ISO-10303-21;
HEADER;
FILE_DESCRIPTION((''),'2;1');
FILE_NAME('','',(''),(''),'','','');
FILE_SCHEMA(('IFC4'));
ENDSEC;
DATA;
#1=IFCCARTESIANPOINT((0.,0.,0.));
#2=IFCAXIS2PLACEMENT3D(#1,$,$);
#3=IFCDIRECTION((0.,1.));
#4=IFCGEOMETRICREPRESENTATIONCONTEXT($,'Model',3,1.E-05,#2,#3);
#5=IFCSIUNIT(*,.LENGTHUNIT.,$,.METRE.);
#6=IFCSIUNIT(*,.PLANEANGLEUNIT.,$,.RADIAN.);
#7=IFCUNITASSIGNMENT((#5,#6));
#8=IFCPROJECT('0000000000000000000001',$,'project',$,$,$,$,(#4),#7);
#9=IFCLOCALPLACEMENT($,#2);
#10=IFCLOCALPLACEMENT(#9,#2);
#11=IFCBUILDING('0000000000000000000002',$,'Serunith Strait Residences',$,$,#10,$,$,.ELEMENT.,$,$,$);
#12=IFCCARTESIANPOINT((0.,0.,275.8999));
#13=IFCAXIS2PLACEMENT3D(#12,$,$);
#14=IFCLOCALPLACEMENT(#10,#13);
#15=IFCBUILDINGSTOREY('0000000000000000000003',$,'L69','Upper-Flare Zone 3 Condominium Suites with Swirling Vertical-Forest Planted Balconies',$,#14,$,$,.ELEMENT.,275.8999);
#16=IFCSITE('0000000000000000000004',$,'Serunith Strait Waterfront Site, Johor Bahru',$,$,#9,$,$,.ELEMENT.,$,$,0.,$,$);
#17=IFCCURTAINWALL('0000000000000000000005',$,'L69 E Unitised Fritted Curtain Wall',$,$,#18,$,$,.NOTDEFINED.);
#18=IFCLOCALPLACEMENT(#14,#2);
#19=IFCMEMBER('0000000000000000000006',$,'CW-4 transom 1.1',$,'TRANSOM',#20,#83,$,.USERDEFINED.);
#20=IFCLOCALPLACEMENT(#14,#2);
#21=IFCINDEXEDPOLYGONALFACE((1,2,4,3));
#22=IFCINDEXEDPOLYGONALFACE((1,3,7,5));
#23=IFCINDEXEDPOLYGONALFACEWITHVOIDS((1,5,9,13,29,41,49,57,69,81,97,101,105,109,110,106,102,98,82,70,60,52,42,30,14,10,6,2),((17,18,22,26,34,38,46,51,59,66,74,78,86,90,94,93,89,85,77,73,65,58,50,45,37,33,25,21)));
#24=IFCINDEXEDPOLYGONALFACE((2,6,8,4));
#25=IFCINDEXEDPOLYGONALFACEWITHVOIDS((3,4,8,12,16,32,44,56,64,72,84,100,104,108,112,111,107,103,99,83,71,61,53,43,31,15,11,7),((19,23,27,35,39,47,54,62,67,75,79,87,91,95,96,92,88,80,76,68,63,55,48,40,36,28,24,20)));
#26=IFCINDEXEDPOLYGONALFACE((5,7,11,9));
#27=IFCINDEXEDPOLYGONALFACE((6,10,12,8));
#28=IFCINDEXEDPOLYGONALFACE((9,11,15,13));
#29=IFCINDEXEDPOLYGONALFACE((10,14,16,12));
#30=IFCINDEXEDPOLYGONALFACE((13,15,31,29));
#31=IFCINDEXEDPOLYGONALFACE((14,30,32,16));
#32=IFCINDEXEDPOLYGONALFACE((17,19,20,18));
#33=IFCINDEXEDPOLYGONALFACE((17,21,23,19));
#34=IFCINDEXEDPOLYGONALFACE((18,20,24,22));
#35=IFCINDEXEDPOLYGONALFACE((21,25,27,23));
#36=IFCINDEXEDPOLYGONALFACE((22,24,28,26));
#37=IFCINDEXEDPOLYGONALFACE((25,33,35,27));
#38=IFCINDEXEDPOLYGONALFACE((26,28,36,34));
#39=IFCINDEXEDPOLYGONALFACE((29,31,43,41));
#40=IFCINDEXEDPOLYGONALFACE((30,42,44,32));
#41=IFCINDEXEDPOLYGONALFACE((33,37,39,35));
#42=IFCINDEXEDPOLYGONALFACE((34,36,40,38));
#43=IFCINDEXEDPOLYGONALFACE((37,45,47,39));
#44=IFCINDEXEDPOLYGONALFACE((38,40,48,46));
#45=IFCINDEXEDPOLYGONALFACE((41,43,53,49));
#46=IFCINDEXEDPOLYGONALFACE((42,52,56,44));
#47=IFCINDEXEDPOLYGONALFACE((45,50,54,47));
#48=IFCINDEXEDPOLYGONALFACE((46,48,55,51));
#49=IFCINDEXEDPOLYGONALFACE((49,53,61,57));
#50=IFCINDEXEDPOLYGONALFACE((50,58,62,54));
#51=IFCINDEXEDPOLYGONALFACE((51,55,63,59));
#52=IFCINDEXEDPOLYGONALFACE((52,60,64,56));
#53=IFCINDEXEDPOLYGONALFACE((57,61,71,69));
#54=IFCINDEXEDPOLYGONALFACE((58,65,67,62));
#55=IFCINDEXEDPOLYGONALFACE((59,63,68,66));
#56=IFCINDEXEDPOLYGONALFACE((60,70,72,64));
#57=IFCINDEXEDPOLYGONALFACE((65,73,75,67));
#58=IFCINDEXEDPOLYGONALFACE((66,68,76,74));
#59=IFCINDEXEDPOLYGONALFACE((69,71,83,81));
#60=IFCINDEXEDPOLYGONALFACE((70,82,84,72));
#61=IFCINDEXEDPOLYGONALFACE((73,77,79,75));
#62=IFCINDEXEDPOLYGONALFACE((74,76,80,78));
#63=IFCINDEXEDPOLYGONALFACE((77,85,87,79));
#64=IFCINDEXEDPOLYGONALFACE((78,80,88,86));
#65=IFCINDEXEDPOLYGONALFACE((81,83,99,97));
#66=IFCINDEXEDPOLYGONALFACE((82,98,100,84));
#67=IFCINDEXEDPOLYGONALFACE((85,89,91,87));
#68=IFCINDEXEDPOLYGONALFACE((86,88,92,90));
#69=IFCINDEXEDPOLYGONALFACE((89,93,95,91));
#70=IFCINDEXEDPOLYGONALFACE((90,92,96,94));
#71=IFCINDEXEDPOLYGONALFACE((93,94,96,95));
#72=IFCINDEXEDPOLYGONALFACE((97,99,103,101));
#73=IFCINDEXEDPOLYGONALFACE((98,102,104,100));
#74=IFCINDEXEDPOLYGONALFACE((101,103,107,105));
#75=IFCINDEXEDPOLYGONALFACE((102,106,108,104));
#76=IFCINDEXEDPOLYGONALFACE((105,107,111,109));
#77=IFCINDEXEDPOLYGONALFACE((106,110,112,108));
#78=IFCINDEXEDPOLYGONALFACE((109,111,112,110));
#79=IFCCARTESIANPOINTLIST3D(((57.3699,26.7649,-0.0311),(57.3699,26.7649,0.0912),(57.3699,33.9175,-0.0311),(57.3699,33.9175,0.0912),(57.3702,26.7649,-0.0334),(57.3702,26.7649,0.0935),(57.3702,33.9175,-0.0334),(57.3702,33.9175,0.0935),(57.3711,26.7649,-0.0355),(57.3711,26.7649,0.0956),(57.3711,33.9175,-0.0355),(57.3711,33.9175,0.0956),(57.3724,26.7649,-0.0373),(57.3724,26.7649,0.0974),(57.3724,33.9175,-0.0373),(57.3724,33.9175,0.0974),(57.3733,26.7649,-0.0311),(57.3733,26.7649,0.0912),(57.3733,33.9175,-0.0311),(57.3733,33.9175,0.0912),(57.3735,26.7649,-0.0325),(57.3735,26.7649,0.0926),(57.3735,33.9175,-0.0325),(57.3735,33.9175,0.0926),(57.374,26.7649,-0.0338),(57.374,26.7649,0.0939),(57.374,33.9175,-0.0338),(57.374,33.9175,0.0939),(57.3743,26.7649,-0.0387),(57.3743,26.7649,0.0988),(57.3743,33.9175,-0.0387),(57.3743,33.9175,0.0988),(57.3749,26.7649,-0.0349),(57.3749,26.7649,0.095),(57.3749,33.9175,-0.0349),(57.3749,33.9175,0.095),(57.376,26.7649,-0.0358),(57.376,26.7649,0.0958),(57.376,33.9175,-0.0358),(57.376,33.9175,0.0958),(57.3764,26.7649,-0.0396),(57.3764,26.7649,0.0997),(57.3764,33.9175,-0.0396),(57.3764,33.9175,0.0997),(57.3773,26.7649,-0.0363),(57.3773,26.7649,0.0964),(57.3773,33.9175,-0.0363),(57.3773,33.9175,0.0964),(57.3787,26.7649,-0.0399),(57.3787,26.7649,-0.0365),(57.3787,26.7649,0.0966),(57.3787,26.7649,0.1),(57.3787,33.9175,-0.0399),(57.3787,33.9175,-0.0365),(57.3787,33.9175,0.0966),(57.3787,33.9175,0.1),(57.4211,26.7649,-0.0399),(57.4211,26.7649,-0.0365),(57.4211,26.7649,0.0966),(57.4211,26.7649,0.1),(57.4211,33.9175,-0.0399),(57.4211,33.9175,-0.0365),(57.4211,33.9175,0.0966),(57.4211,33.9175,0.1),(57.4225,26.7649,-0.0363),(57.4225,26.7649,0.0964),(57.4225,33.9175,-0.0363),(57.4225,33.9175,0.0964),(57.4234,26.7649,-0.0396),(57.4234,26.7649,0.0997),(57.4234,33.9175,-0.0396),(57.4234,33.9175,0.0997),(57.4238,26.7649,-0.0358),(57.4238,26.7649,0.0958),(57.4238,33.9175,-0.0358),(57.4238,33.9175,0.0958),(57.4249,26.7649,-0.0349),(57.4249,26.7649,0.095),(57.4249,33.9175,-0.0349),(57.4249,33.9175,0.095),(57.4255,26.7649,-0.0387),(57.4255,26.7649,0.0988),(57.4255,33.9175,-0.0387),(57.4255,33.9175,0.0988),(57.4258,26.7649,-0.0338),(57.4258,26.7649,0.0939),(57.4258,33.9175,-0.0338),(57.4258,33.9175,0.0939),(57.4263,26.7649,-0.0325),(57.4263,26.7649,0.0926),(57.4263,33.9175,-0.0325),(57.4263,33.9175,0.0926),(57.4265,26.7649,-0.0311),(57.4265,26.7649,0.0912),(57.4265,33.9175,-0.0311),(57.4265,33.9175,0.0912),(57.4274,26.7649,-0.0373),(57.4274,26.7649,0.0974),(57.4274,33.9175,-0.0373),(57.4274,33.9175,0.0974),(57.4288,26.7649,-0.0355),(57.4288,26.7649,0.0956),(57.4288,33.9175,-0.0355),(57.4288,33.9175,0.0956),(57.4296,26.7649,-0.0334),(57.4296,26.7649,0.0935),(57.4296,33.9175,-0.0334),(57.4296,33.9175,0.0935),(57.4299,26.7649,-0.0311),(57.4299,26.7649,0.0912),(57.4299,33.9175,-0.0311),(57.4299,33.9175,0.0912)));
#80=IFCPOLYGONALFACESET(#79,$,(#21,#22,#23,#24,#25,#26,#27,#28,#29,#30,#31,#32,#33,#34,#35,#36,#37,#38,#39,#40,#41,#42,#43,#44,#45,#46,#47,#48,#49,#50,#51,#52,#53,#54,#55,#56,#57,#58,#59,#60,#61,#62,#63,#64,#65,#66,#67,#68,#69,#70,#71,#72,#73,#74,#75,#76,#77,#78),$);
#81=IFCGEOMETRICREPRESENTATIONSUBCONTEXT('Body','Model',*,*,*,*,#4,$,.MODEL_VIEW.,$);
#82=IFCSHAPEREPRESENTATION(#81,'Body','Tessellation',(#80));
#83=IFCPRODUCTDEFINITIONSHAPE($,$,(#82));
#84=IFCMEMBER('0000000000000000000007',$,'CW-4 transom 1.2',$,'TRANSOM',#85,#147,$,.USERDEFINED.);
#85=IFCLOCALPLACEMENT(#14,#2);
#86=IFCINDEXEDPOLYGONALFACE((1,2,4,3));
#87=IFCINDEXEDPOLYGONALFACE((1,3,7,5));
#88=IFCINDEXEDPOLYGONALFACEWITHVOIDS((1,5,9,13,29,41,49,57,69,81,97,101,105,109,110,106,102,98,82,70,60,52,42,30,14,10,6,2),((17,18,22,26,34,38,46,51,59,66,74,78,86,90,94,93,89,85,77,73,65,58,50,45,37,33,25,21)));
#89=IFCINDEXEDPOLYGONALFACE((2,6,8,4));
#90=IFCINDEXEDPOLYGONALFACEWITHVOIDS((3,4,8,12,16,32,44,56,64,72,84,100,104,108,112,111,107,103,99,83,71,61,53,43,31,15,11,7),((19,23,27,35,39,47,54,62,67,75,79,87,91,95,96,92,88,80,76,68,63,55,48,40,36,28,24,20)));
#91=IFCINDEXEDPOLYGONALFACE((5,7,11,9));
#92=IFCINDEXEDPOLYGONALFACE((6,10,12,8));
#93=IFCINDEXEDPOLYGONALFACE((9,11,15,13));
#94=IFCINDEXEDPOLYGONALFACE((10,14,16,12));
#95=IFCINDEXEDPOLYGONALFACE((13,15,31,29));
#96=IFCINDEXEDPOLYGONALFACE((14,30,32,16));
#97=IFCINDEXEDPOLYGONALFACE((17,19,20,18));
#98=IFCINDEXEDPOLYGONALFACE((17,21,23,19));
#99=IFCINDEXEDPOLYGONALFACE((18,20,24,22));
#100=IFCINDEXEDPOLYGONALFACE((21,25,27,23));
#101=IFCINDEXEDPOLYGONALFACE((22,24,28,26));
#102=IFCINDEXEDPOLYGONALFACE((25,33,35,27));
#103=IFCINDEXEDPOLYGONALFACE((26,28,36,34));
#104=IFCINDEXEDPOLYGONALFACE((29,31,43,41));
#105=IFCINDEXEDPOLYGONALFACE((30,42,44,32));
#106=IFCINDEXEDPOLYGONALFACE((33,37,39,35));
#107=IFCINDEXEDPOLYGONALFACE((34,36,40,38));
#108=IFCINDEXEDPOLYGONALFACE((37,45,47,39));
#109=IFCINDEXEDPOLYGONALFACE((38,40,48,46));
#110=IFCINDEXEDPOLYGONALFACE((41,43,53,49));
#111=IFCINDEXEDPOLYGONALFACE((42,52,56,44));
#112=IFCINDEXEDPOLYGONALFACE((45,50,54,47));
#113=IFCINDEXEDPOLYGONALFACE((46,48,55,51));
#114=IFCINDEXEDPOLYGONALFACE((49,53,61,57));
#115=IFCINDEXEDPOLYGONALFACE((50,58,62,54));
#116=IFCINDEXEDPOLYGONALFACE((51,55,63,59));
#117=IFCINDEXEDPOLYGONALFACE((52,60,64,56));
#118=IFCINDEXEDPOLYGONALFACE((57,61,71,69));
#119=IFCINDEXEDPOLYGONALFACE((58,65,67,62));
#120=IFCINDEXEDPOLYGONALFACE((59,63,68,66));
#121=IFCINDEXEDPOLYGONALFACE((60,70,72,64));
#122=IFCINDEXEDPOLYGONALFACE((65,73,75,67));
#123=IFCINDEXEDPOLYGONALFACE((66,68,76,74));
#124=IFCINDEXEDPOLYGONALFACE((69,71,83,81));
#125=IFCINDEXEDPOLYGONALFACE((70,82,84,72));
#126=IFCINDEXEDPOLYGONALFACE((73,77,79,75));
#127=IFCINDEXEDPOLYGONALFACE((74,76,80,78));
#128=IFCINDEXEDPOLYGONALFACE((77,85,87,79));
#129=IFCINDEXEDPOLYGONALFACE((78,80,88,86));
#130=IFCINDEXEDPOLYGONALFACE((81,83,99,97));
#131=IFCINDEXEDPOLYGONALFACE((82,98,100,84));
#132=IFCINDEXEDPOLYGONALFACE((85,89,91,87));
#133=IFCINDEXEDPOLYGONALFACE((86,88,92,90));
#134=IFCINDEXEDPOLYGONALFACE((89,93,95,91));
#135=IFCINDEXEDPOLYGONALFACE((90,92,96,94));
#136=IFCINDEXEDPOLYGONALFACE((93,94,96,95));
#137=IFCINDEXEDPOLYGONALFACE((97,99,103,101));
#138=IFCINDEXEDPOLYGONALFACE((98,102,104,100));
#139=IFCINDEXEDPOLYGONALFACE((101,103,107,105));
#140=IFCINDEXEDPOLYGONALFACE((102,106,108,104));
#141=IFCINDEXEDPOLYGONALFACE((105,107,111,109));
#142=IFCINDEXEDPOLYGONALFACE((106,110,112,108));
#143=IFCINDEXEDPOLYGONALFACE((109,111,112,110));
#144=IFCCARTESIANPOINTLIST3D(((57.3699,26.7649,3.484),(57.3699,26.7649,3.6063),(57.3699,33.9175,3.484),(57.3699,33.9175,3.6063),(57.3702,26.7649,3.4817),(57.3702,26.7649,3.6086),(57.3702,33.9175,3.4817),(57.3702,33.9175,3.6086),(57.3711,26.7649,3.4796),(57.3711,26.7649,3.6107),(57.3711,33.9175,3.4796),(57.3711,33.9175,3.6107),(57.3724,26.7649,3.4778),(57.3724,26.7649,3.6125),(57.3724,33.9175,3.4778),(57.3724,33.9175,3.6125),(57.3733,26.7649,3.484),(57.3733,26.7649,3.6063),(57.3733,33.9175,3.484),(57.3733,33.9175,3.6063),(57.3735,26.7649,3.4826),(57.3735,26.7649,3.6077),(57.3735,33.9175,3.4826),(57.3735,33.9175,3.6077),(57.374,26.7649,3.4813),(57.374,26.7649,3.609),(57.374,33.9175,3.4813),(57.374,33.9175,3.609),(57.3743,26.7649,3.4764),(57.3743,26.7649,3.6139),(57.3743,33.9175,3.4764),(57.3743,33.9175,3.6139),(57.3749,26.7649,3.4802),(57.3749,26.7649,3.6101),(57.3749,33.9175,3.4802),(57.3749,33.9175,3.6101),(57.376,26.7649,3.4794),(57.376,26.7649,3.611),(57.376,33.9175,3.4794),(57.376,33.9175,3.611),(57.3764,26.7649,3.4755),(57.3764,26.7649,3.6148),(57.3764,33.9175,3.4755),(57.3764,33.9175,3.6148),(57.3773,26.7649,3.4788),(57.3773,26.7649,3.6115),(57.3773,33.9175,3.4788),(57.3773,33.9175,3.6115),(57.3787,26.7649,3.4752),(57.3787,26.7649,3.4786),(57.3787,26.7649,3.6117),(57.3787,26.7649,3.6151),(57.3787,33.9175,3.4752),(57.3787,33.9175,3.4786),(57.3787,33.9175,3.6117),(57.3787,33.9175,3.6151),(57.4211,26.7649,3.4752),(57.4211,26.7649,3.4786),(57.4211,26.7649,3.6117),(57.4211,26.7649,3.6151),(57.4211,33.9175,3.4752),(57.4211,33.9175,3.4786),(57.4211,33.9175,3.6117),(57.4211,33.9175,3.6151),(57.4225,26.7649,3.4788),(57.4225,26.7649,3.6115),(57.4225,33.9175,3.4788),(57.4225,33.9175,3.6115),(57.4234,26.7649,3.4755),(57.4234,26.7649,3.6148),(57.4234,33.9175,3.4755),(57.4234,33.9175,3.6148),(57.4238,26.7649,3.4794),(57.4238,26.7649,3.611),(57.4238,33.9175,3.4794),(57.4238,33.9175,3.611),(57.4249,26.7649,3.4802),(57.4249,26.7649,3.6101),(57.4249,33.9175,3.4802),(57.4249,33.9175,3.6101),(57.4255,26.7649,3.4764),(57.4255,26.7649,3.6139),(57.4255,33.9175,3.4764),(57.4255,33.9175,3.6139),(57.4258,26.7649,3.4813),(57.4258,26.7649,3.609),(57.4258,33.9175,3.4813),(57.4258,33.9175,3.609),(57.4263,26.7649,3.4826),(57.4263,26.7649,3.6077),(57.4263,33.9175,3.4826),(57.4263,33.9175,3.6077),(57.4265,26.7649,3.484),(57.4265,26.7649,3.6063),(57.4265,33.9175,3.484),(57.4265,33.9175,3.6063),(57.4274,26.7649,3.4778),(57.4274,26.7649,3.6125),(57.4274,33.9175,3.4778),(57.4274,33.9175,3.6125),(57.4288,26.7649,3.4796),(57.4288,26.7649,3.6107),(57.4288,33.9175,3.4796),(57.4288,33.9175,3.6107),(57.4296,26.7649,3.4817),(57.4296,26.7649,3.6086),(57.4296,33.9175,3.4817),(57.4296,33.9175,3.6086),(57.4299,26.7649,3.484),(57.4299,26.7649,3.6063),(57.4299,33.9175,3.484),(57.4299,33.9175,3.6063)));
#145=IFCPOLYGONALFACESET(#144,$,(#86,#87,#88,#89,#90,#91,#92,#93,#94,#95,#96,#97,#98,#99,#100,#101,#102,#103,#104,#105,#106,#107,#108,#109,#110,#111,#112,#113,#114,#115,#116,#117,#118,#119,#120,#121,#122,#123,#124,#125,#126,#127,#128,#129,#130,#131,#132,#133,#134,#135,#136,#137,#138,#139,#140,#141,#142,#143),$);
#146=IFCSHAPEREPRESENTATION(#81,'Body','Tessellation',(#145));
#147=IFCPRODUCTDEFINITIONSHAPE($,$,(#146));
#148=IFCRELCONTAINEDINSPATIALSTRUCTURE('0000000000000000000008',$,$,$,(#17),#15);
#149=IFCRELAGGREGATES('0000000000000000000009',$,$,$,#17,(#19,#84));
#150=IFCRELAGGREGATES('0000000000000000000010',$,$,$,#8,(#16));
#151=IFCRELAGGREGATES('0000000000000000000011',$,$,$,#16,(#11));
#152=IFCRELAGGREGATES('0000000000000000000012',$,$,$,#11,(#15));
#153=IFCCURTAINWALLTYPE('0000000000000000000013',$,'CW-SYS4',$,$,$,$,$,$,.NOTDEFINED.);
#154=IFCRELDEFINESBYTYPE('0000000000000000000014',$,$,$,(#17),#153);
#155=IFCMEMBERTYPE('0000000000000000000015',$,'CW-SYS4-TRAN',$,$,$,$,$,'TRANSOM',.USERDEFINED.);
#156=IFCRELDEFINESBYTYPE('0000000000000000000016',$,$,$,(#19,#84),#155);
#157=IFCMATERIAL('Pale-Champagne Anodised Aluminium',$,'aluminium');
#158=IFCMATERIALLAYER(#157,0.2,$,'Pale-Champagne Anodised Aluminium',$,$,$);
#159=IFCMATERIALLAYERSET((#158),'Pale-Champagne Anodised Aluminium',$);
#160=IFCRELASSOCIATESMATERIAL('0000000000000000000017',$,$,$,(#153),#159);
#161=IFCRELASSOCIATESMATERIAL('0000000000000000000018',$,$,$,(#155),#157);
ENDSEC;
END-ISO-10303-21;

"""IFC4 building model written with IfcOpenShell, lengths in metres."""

from ifc_helpers import new_model, si_unit, direction, frame, origin, origin_2d, place, context, subcontext, project, spatial, hollow_rectangle, extrude, source, transform, mapped, material, layer, layer_set, material_profile, profile_set, type_object, element, aggregate, save


model = new_model("IFC4")

# Units and contexts
model_context = context("Model", 3, precision=1e-05, world=origin(), true_north=direction((0.0, 1.0)))
body_context = subcontext(model_context, "Body", "Model", "MODEL_VIEW")
ifc_project = project(units=[si_unit("LENGTHUNIT", "METRE"), si_unit("PLANEANGLEUNIT", "RADIAN")], contexts=[model_context])

# Site, building, storey
site_placement = place(None, origin())
site = spatial("IfcSite", under=ifc_project, at=site_placement, Name="Serunith Strait Waterfront Site, Johor Bahru", CompositionType="ELEMENT", RefElevation=0.0)
building_placement = place(site_placement, origin())
building = spatial("IfcBuilding", under=site, at=building_placement, Name="Serunith Strait Residences", CompositionType="ELEMENT")
storey_placement = place(building_placement, frame((0.0, 0.0, 275.8999)))
storey = spatial("IfcBuildingStorey", under=building, at=storey_placement, Name="L69", Description="Upper-Flare Zone 3 Condominium Suites with Swirling Vertical-Forest Planted Balconies", CompositionType="ELEMENT", Elevation=275.8999)

# Curtain wall, members
ifc_material_1 = material(Name="Pale-Champagne Anodised Aluminium", Category="aluminium")
ifc_layer_1 = layer(ifc_material_1, 0.2, Name="Pale-Champagne Anodised Aluminium")
ifc_layer_set_1 = layer_set([ifc_layer_1], Name="Pale-Champagne Anodised Aluminium")
curtain_wall_type = type_object("IfcCurtainWallType", Name="CW-SYS4", PredefinedType="NOTDEFINED", material=ifc_layer_set_1)
curtain_wall_1_placement = place(storey_placement, origin())
curtain_wall_1 = element("IfcCurtainWall", 1, at=curtain_wall_1_placement, inside=storey, type_object=curtain_wall_type, Name="L69 E Unitised Fritted Curtain Wall", PredefinedType="NOTDEFINED")
ifc_material_profile_1 = material_profile(ifc_material_1, hollow_rectangle(XDim=0.0601, YDim=0.1399, WallThickness=0.0034, InnerFilletRadius=0.0054, OuterFilletRadius=0.0088, at=origin_2d()), Name="ALU 140x60x3.5")
ifc_profile_set_1 = profile_set([ifc_material_profile_1], Name="Pale-Champagne Anodised Aluminium")
member_type_1 = type_object("IfcMemberType", Name="CW-SYS4-TRAN", ElementType="TRANSOM", PredefinedType="USERDEFINED", material=ifc_profile_set_1)
shared_shape_1 = source(origin(), body_context, "Body", "SweptSolid", [
    extrude(hollow_rectangle(XDim=0.0601, YDim=0.1399, WallThickness=0.0034, InnerFilletRadius=0.0054, OuterFilletRadius=0.0088, at=origin_2d()), origin(), (0.0, 0.0, 1.0), 7.1526),
])
member_1_placement = place(storey_placement, frame((57.3999, 26.7649, 0.03), z_axis=(0.0, 1.0, 0.0), x_axis=(-1.0, 0.0, 0.0)))
member_1 = element("IfcMember", 2, at=member_1_placement, type_object=member_type_1, Name="CW-4 transom 1.1", ObjectType="TRANSOM", PredefinedType="USERDEFINED", context=body_context, shape_type="MappedRepresentation", body=[
    mapped(shared_shape_1, transform((0.0, 0.0, 0.0), scale=1.0)),
])
member_2_placement = place(storey_placement, frame((57.3999, 26.7649, 3.5452), z_axis=(0.0, 1.0, 0.0), x_axis=(-1.0, 0.0, 0.0)))
member_2 = element("IfcMember", 3, at=member_2_placement, type_object=member_type_1, Name="CW-4 transom 1.2", ObjectType="TRANSOM", PredefinedType="USERDEFINED", context=body_context, shape_type="MappedRepresentation", body=[
    mapped(shared_shape_1, transform((0.0, 0.0, 0.0), scale=1.0)),
])

aggregate(curtain_wall_1, [member_1, member_2])

save(model, "model.ifc")
